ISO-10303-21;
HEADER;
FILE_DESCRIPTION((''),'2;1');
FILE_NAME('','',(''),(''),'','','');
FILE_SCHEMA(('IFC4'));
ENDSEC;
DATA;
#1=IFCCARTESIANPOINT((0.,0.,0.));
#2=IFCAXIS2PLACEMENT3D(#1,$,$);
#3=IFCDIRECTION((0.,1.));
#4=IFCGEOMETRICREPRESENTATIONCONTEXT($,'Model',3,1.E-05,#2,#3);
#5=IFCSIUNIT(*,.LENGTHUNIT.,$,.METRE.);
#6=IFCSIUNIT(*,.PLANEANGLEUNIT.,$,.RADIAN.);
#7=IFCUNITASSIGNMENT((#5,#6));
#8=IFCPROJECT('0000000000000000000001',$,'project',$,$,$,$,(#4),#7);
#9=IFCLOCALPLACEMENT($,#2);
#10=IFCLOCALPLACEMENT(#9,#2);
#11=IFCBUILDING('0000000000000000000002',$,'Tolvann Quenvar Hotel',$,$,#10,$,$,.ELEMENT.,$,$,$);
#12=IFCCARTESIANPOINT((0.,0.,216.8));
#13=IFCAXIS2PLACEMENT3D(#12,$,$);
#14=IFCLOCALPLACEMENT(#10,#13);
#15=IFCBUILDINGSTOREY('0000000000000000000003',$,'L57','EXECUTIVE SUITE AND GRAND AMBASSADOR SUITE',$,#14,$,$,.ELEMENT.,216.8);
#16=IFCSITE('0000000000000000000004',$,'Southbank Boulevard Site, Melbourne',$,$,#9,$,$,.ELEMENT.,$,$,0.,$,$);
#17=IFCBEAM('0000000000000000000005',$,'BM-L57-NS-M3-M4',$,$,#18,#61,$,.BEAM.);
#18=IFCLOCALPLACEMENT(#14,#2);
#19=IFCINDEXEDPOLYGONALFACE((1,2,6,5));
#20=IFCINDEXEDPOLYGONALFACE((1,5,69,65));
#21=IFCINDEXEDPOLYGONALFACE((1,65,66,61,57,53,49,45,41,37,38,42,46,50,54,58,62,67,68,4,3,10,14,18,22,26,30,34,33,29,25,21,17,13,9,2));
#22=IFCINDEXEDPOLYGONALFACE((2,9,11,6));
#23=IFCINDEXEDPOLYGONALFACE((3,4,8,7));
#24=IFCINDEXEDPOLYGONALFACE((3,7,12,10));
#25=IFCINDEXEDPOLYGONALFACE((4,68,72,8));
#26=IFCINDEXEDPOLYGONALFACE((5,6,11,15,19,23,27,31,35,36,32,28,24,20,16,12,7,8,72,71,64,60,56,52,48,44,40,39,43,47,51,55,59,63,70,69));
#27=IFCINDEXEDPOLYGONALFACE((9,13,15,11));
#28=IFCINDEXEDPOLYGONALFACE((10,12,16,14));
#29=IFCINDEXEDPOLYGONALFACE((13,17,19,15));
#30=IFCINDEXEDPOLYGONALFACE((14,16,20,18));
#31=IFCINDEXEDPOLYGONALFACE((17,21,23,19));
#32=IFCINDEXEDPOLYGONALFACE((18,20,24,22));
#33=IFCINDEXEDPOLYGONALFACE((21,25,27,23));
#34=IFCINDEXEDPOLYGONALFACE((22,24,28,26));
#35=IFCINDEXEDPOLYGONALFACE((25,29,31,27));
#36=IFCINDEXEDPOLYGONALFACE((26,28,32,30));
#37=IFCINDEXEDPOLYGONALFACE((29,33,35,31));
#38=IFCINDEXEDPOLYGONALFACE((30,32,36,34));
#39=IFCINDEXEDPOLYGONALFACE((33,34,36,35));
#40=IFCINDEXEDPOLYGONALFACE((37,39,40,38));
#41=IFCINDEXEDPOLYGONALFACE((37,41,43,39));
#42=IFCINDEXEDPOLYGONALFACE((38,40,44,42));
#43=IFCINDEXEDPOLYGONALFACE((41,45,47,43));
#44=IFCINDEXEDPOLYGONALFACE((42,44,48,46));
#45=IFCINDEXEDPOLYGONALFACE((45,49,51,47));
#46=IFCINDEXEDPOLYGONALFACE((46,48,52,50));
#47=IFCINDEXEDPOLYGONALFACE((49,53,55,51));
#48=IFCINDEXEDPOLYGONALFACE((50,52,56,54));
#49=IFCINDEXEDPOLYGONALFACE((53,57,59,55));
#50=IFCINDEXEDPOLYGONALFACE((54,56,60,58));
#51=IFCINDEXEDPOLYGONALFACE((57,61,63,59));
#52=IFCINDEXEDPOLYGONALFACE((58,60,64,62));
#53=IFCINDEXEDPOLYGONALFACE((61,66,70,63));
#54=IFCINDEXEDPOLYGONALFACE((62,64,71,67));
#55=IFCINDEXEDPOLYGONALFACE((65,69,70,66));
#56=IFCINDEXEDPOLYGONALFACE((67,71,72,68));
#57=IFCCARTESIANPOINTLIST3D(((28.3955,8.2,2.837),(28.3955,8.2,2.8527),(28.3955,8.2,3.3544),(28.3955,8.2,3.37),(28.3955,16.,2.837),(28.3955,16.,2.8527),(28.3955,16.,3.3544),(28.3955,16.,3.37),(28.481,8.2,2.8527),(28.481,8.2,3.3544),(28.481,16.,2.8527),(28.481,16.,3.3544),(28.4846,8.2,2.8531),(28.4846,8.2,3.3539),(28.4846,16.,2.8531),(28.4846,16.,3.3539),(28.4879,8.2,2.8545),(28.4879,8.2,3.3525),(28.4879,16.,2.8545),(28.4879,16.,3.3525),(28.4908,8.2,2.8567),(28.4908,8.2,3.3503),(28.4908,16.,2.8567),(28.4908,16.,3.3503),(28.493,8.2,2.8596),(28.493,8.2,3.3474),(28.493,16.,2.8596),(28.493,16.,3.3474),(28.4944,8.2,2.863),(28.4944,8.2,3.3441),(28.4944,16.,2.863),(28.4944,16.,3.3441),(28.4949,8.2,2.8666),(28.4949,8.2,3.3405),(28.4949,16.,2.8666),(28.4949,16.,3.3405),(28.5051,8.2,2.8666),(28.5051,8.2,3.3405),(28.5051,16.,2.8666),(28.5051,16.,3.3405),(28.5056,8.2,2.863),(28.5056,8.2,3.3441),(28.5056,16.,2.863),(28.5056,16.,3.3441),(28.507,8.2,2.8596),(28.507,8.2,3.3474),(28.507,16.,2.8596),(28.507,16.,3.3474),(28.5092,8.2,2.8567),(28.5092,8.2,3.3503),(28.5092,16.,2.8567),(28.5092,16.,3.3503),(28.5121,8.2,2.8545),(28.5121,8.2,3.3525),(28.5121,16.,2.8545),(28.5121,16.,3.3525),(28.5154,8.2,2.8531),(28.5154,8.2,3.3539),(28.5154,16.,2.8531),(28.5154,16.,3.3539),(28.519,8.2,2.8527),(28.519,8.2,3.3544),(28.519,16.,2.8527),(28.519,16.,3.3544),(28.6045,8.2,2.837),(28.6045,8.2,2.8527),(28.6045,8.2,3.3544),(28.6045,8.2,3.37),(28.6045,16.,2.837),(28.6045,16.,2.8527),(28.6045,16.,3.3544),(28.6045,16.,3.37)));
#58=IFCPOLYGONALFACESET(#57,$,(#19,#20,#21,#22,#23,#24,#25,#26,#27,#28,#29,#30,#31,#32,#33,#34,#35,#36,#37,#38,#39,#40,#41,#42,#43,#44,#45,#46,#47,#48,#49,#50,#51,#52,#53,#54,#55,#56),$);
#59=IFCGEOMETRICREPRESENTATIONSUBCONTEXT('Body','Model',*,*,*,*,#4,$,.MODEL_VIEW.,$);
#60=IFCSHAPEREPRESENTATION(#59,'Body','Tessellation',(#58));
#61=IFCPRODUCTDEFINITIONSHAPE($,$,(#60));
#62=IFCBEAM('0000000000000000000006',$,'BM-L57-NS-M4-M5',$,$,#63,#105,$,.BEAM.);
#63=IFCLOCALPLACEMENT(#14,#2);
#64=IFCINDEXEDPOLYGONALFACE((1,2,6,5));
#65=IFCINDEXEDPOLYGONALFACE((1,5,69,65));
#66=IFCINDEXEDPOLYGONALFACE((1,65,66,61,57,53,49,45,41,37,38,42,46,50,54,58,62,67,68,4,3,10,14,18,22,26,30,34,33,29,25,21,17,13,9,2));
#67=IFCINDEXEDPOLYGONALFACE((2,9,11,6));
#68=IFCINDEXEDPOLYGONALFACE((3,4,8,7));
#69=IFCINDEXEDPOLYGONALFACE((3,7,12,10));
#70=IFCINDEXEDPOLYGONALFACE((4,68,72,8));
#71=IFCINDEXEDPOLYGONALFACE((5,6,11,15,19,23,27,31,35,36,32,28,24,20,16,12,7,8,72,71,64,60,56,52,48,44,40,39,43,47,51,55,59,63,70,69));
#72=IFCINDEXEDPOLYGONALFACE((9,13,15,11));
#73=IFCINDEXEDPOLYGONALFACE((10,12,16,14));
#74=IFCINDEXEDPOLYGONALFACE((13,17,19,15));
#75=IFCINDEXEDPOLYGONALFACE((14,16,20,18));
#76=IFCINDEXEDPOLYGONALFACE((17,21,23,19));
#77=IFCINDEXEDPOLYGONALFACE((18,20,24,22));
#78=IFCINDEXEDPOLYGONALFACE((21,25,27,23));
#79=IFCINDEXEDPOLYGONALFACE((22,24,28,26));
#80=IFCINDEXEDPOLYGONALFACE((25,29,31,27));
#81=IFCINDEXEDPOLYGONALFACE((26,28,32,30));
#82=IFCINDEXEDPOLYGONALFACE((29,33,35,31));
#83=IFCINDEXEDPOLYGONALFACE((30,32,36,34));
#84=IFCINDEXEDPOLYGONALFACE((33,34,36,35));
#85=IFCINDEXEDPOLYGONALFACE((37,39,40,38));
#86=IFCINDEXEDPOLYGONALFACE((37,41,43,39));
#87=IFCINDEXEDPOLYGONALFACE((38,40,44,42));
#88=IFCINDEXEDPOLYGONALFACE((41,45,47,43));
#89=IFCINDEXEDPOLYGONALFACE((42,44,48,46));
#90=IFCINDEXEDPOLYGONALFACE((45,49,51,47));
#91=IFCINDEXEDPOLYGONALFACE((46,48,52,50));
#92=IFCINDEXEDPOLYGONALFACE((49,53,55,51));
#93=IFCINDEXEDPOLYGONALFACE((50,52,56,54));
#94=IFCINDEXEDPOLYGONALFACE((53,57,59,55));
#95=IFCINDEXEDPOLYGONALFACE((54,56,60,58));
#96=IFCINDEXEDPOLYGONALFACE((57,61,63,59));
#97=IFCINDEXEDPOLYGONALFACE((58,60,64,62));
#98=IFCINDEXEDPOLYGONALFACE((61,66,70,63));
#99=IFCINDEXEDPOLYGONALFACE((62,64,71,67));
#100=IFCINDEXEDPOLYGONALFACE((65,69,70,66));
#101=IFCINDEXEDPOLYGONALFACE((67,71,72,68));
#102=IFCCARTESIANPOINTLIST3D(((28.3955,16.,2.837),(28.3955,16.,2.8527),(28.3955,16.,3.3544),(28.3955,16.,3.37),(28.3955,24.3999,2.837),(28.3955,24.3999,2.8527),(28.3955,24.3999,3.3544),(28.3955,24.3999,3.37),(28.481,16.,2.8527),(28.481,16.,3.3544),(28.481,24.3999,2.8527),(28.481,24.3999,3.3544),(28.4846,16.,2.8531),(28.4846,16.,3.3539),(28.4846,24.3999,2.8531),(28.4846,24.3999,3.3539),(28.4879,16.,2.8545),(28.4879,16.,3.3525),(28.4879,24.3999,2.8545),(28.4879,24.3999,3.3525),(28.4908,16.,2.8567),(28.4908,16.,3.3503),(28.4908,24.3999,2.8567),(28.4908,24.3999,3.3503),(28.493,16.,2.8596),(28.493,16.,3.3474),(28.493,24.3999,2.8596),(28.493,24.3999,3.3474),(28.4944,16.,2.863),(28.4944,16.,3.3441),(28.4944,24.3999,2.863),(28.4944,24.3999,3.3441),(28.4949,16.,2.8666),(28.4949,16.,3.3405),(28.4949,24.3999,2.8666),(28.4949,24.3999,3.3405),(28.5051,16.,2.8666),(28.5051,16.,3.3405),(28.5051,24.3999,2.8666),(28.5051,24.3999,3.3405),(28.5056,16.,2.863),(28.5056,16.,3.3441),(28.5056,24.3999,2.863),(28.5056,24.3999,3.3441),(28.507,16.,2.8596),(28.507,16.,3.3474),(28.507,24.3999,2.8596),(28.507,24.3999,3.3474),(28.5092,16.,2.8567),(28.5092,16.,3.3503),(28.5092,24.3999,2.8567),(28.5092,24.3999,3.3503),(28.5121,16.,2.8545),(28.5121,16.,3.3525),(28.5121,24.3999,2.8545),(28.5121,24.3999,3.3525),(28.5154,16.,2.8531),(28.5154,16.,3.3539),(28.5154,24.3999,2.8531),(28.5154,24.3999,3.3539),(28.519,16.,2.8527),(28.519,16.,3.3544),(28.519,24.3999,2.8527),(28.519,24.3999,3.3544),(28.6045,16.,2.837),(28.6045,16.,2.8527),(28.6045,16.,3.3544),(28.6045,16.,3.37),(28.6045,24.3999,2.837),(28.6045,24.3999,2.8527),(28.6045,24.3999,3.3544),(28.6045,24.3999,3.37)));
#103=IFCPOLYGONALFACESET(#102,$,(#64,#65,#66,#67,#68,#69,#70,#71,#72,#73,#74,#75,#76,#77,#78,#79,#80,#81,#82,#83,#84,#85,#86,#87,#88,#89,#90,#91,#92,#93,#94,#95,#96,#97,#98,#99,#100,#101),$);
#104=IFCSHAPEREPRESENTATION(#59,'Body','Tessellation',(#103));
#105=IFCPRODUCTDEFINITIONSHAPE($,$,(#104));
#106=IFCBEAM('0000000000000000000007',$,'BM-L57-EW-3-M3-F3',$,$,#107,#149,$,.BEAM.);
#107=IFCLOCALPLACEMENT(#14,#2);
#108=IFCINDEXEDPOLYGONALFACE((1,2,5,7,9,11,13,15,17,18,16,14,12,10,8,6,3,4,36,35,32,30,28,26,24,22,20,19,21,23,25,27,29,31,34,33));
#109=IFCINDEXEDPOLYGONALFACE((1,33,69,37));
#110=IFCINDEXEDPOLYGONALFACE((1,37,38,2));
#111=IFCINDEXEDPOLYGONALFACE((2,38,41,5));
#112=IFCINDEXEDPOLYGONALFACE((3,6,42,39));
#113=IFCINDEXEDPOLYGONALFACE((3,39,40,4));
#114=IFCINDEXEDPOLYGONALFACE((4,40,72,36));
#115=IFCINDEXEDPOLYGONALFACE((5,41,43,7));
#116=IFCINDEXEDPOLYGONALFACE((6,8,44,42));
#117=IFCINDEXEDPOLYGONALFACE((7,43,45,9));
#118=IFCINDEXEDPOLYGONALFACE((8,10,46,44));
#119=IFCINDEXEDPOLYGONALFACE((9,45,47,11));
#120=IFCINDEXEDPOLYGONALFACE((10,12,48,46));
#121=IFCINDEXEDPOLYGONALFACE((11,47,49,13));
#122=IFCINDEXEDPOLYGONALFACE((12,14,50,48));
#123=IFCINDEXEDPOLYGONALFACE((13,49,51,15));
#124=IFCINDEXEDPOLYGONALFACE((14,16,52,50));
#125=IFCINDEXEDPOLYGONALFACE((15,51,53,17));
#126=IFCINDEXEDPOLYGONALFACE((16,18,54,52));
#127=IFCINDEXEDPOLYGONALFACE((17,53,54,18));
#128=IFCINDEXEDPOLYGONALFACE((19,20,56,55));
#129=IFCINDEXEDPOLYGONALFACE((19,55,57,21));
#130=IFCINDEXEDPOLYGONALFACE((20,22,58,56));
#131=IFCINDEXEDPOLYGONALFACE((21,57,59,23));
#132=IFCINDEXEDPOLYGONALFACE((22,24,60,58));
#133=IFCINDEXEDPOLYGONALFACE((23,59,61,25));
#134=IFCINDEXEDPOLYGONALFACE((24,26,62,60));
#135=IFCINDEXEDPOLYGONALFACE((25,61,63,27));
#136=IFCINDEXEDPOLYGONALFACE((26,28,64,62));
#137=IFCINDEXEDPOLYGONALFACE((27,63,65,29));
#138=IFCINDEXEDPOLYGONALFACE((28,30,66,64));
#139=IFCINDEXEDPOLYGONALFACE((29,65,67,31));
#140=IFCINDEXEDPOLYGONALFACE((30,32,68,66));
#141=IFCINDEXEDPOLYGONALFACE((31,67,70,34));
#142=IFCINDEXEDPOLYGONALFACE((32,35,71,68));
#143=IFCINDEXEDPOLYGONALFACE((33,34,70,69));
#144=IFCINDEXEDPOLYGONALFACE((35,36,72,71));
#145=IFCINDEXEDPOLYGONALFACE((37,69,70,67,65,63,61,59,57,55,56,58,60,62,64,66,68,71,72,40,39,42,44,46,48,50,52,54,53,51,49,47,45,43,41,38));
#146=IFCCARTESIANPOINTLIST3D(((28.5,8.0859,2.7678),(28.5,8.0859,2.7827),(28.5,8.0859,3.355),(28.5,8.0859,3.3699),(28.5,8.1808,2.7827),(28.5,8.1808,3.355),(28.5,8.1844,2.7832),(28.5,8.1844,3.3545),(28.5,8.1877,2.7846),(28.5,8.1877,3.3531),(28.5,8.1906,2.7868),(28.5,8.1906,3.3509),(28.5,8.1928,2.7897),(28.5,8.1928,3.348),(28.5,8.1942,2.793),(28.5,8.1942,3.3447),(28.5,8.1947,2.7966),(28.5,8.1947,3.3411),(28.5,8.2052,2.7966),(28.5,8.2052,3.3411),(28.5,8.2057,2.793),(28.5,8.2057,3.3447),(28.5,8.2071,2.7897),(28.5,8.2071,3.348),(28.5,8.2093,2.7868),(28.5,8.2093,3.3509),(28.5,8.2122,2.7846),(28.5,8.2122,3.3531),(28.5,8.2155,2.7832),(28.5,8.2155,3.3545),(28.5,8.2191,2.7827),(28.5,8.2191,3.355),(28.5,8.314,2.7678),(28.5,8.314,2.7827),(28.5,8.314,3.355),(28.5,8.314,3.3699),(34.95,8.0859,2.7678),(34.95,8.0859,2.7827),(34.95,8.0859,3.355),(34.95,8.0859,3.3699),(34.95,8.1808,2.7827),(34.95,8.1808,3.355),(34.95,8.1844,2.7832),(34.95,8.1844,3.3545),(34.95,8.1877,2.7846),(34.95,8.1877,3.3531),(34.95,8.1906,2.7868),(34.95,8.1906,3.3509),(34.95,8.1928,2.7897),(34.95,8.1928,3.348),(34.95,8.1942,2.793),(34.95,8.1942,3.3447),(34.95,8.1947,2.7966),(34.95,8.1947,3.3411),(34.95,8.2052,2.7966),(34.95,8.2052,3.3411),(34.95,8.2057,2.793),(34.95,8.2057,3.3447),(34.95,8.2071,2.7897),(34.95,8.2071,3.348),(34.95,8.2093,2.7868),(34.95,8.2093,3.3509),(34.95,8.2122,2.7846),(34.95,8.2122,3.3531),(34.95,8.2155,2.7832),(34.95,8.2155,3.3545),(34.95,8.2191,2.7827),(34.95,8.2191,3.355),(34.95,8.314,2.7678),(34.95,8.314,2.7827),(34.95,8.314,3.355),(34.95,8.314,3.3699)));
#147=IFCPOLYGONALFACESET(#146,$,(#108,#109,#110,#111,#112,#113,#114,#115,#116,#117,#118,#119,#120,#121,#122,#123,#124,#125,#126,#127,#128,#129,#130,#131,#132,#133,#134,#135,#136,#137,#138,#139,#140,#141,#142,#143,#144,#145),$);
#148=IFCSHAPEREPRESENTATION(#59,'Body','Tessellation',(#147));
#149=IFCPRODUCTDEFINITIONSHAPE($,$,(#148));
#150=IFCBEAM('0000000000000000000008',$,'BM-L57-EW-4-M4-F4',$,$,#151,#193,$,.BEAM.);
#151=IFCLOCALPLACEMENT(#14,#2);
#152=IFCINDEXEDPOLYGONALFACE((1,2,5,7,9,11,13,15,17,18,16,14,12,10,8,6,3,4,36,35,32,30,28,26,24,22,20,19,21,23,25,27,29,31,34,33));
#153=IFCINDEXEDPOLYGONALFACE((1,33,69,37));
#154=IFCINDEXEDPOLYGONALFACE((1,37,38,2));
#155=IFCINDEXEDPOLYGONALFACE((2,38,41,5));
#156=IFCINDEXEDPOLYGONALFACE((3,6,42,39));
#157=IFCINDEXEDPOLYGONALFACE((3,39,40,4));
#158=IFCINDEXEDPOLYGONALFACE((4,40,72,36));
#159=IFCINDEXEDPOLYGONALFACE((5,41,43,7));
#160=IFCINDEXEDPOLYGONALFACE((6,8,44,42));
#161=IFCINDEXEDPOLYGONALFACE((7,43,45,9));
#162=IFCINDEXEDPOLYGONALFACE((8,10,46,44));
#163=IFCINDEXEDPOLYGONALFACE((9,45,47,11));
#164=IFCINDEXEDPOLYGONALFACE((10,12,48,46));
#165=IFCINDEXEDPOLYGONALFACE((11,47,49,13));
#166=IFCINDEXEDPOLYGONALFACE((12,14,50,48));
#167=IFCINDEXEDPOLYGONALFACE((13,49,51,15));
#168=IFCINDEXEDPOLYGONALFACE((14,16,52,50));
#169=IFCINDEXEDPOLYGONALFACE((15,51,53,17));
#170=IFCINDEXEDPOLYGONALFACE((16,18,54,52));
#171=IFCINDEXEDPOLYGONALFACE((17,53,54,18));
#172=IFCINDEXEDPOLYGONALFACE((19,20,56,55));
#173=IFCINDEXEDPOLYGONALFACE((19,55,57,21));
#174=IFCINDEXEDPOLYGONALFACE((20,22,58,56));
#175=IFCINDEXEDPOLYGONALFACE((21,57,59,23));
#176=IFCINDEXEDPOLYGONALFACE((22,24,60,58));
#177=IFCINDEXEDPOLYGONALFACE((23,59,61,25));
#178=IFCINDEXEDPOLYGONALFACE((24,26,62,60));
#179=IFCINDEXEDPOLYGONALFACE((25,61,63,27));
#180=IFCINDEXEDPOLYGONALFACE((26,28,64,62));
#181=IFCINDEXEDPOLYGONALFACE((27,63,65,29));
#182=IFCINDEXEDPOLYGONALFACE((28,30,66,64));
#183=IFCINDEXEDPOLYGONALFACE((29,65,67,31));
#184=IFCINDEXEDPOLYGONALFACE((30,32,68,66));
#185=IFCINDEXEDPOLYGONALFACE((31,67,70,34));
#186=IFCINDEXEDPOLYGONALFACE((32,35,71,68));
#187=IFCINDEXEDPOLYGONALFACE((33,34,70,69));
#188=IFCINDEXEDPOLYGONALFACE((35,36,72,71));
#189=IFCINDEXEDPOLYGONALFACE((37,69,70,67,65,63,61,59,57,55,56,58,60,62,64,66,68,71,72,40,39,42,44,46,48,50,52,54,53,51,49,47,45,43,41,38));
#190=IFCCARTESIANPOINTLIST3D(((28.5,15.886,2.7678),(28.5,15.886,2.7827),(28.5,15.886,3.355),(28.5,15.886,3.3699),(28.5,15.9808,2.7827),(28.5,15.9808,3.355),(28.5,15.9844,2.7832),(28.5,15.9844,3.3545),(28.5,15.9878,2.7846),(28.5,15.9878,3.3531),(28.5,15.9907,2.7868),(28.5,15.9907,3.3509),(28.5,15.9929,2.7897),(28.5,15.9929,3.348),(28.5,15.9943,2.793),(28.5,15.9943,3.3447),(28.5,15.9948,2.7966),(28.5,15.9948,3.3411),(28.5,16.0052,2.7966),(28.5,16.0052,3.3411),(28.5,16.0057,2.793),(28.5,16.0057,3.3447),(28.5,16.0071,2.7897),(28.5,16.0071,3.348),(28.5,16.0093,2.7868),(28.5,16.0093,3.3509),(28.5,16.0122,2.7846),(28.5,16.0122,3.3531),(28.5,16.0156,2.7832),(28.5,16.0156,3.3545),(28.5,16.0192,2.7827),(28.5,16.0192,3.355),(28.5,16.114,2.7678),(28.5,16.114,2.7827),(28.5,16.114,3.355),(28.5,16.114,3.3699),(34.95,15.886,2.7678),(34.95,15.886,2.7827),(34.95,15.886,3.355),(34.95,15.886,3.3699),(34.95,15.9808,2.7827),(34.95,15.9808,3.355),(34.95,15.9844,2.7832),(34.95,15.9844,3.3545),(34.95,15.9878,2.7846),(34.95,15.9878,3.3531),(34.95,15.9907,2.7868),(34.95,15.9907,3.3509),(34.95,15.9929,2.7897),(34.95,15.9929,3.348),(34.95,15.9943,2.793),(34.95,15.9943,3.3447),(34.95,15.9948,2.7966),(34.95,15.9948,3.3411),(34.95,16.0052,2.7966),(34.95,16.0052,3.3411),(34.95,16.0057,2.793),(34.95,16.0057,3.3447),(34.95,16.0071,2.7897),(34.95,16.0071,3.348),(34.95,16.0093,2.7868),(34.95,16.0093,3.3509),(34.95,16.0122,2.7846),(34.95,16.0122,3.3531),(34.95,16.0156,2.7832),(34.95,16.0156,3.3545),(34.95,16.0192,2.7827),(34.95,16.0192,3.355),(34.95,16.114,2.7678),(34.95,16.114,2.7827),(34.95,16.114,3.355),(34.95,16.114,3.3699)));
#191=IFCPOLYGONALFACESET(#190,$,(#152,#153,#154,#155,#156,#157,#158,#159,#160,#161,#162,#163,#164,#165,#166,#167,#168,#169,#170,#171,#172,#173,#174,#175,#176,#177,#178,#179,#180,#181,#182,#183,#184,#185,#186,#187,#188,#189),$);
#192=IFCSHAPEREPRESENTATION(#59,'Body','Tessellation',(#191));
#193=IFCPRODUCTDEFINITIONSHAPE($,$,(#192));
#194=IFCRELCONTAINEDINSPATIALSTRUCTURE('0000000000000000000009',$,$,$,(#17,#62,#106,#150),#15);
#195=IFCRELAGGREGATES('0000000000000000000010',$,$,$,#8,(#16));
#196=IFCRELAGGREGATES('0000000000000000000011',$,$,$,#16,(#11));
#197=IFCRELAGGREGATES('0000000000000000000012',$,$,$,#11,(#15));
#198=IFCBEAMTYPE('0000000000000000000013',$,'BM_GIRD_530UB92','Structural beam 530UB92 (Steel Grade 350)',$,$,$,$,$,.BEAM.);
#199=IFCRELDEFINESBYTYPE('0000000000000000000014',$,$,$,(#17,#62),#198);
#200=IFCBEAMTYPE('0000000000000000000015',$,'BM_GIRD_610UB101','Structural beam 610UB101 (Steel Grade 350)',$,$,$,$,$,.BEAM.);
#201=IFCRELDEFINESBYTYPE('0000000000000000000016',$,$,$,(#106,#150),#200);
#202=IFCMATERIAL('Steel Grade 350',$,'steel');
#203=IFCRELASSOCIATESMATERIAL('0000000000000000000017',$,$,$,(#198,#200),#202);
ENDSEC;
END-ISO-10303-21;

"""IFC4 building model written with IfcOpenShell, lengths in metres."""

from ifc_helpers import new_model, si_unit, direction, frame, origin, origin_2d, place, context, subcontext, project, spatial, i_section, extrude, source, transform, mapped, material, material_profile, profile_set, type_object, element, save


model = new_model("IFC4")

# Units and contexts
model_context = context("Model", 3, precision=1e-05, world=origin(), true_north=direction((0.0, 1.0)))
body_context = subcontext(model_context, "Body", "Model", "MODEL_VIEW")
ifc_project = project(units=[si_unit("LENGTHUNIT", "METRE"), si_unit("PLANEANGLEUNIT", "RADIAN")], contexts=[model_context])

# Site, building, storey
site_placement = place(None, origin())
site = spatial("IfcSite", under=ifc_project, at=site_placement, Name="Southbank Boulevard Site, Melbourne", CompositionType="ELEMENT", RefElevation=0.0)
building_placement = place(site_placement, origin())
building = spatial("IfcBuilding", under=site, at=building_placement, Name="Tolvann Quenvar Hotel", CompositionType="ELEMENT")
storey_placement = place(building_placement, frame((0.0, 0.0, 216.8)))
storey = spatial("IfcBuildingStorey", under=building, at=storey_placement, Name="L57", Description="EXECUTIVE SUITE AND GRAND AMBASSADOR SUITE", CompositionType="ELEMENT", Elevation=216.8)

# Shared definitions
ifc_material_1 = material(Name="Steel Grade 350", Category="steel")

# Beams
ifc_material_profile_1 = material_profile(ifc_material_1, i_section(OverallWidth=0.209, OverallDepth=0.533, WebThickness=0.0103, FlangeThickness=0.0156, FilletRadius=0.0139, at=origin_2d()), Name="530UB92")
ifc_profile_set_1 = profile_set([ifc_material_profile_1], Name="Steel Grade 350")
beam_type_1 = type_object("IfcBeamType", Name="BM_GIRD_530UB92", Description="Structural beam 530UB92 (Steel Grade 350)", PredefinedType="BEAM", material=ifc_profile_set_1)
shared_shape_1 = source(origin(), body_context, "Body", "SweptSolid", [
    extrude(i_section(OverallWidth=0.209, OverallDepth=0.533, WebThickness=0.0103, FlangeThickness=0.0156, FilletRadius=0.0139, at=origin_2d()), origin(), (0.0, 0.0, 1.0), 7.8),
])
beam_1_placement = place(storey_placement, frame((28.5, 8.2, 3.1035), z_axis=(0.0, 1.0, 0.0), x_axis=(-1.0, 0.0, 0.0)))
element("IfcBeam", 1, at=beam_1_placement, inside=storey, type_object=beam_type_1, Name="BM-L57-NS-M3-M4", PredefinedType="BEAM", context=body_context, shape_type="MappedRepresentation", body=[
    mapped(shared_shape_1, transform((0.0, 0.0, 0.0), x_axis=(1.0, 0.0, 0.0), y_axis=(0.0, 1.0, 0.0), z_axis=(0.0, 0.0, 1.0), scale=1.0)),
])
shared_shape_2 = source(origin(), body_context, "Body", "SweptSolid", [
    extrude(i_section(OverallWidth=0.209, OverallDepth=0.533, WebThickness=0.0103, FlangeThickness=0.0156, FilletRadius=0.0139, at=origin_2d()), origin(), (0.0, 0.0, 1.0), 8.3999),
])
beam_2_placement = place(storey_placement, frame((28.5, 16.0, 3.1035), z_axis=(0.0, 1.0, 0.0), x_axis=(-1.0, 0.0, 0.0)))
element("IfcBeam", 2, at=beam_2_placement, inside=storey, type_object=beam_type_1, Name="BM-L57-NS-M4-M5", PredefinedType="BEAM", context=body_context, shape_type="MappedRepresentation", body=[
    mapped(shared_shape_2, transform((0.0, 0.0, 0.0), x_axis=(1.0, 0.0, 0.0), y_axis=(0.0, 1.0, 0.0), z_axis=(0.0, 0.0, 1.0), scale=1.0)),
])
ifc_material_profile_2 = material_profile(ifc_material_1, i_section(OverallWidth=0.228, OverallDepth=0.6021, WebThickness=0.0105, FlangeThickness=0.0149, FilletRadius=0.0139, at=origin_2d()), Name="610UB101")
ifc_profile_set_2 = profile_set([ifc_material_profile_2], Name="Steel Grade 350")
beam_type_2 = type_object("IfcBeamType", Name="BM_GIRD_610UB101", Description="Structural beam 610UB101 (Steel Grade 350)", PredefinedType="BEAM", material=ifc_profile_set_2)
shared_shape_3 = source(origin(), body_context, "Body", "SweptSolid", [
    extrude(i_section(OverallWidth=0.228, OverallDepth=0.6021, WebThickness=0.0105, FlangeThickness=0.0149, FilletRadius=0.0139, at=origin_2d()), origin(), (0.0, 0.0, 1.0), 6.45),
])
for number, where, z_axis, x_axis, name in (
    (3, (28.5, 8.2, 3.0688), (1.0, 0.0, 0.0), (0.0, 1.0, 0.0), "BM-L57-EW-3-M3-F3"),
    (4, (28.5, 16.0, 3.0688), (1.0, 0.0, 0.0), (0.0, 1.0, 0.0), "BM-L57-EW-4-M4-F4"),
):
    element("IfcBeam", number, at=place(storey_placement, frame(where, z_axis=z_axis, x_axis=x_axis)), inside=storey, type_object=beam_type_2, Name=name, PredefinedType="BEAM", context=body_context, shape_type="MappedRepresentation", body=[
        mapped(shared_shape_3, transform((0.0, 0.0, 0.0), x_axis=(1.0, 0.0, 0.0), y_axis=(0.0, 1.0, 0.0), z_axis=(0.0, 0.0, 1.0), scale=1.0)),
    ])

save(model, "model.ifc")
